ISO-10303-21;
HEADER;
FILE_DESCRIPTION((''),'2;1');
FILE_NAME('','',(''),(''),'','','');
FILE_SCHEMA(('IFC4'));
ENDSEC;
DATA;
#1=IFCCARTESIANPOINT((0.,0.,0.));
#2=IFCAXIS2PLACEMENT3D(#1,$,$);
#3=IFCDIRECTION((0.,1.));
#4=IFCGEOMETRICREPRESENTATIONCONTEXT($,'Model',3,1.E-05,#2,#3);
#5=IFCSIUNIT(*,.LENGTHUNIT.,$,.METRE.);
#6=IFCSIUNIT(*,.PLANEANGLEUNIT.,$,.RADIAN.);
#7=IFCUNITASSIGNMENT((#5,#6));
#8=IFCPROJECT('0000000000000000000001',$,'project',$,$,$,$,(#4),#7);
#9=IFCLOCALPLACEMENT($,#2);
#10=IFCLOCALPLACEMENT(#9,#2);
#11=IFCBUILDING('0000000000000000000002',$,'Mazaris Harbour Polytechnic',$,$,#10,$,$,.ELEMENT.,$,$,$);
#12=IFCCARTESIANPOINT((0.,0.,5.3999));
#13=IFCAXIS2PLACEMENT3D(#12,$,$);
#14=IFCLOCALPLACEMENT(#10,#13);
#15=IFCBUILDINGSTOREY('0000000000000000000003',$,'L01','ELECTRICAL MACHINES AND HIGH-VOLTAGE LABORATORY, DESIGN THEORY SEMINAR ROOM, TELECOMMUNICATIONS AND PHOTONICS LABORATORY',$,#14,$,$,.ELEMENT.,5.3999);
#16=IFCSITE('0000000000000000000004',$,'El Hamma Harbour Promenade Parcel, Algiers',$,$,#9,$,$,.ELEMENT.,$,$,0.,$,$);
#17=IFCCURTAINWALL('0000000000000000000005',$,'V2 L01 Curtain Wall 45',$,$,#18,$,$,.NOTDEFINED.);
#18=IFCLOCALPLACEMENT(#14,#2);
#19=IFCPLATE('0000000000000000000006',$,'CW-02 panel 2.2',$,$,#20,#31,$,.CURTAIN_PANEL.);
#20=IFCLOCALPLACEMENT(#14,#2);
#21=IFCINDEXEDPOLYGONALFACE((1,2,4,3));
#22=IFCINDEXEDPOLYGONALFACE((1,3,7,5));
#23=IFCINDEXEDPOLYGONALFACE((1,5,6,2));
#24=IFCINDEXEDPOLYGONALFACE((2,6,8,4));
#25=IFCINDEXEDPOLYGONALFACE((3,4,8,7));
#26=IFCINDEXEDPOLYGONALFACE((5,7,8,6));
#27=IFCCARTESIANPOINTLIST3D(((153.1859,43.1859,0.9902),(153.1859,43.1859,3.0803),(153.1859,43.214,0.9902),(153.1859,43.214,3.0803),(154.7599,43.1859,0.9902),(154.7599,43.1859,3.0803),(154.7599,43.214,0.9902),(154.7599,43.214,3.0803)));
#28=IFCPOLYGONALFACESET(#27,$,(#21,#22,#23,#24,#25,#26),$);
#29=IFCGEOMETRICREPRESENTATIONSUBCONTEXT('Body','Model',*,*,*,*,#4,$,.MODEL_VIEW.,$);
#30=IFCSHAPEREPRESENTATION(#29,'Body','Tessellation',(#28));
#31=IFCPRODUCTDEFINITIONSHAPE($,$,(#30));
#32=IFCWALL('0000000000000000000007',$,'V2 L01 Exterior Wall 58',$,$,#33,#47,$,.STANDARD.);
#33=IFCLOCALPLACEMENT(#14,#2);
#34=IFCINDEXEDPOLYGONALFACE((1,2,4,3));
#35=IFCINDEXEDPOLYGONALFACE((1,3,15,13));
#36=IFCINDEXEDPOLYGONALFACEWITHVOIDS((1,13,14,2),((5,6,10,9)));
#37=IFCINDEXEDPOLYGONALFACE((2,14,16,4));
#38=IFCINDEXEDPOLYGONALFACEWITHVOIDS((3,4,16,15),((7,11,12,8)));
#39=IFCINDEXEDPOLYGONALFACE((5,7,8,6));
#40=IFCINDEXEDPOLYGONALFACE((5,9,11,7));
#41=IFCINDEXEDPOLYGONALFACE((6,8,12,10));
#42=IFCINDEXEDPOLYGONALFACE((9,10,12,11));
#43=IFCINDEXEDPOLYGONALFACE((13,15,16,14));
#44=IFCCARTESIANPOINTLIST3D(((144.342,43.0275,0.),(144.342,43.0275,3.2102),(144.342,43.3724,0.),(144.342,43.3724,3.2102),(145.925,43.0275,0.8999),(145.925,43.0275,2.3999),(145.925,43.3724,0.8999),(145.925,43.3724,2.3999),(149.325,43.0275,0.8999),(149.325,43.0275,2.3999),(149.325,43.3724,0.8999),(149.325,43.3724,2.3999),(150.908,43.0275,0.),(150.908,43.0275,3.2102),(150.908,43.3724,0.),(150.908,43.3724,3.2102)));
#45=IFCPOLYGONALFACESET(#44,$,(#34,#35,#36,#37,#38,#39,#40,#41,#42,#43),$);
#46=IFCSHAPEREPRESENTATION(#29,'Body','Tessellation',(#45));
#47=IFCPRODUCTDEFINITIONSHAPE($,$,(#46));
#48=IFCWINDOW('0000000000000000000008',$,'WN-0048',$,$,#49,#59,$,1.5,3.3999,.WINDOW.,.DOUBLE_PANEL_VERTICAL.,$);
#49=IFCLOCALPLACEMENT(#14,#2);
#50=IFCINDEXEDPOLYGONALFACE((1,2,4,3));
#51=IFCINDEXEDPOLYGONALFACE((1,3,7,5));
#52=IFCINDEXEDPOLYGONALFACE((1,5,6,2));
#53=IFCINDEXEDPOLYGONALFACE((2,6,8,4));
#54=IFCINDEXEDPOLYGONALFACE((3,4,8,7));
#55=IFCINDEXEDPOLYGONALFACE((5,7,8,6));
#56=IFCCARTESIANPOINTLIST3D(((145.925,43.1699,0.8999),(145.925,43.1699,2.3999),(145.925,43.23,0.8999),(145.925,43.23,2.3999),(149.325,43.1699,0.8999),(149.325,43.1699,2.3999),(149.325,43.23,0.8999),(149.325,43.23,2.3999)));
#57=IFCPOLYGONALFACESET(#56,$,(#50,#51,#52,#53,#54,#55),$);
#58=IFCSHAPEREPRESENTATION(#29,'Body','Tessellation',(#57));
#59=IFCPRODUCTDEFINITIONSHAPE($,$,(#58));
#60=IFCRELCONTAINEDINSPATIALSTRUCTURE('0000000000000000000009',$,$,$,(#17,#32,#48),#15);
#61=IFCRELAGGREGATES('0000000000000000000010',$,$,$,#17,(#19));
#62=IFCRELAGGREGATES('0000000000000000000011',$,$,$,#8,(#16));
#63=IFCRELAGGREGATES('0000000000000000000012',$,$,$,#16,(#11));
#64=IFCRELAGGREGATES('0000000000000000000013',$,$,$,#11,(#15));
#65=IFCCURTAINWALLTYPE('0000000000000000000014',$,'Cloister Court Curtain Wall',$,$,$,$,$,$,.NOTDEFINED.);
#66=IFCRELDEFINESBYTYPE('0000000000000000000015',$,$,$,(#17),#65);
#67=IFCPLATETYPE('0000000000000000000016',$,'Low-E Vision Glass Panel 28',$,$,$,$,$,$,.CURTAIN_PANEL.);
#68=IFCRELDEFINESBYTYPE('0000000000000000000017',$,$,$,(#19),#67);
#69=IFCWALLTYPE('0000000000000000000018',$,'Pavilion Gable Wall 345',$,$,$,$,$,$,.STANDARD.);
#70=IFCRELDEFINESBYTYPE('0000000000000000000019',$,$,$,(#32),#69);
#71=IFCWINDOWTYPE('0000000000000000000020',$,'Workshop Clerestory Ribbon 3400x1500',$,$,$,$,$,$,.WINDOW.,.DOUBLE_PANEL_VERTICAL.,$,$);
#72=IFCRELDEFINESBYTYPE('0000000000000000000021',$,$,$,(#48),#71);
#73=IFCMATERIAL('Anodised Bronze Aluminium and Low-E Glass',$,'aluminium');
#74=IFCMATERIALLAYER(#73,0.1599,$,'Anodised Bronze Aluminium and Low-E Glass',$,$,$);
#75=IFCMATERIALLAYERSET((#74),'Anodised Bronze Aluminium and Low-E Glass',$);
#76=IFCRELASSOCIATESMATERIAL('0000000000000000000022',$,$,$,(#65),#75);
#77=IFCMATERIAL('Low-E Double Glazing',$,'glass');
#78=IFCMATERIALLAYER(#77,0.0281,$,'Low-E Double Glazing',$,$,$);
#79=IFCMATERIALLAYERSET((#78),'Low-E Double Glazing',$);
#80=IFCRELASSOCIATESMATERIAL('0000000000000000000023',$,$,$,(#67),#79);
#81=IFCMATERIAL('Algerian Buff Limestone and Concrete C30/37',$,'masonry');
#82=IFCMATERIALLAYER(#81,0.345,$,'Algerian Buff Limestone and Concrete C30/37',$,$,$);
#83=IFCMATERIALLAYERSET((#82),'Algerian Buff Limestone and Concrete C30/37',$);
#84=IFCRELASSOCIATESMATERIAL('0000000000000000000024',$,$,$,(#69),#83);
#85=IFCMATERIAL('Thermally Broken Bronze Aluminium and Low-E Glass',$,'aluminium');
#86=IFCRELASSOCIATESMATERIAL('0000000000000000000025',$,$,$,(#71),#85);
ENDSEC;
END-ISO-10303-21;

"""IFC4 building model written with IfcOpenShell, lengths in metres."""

from ifc_helpers import new_model, si_unit, direction, frame, frame_2d, origin, origin_2d, place, context, subcontext, project, spatial, rectangle, extrude, material, layer, layer_set, type_object, element, fill, aggregate, save


model = new_model("IFC4")

# Units and contexts
model_context = context("Model", 3, precision=1e-05, world=origin(), true_north=direction((0.0, 1.0)))
body_context = subcontext(model_context, "Body", "Model", "MODEL_VIEW")
ifc_project = project(units=[si_unit("LENGTHUNIT", "METRE"), si_unit("PLANEANGLEUNIT", "RADIAN")], contexts=[model_context])

# Site, building, storey
site_placement = place(None, origin())
site = spatial("IfcSite", under=ifc_project, at=site_placement, Name="El Hamma Harbour Promenade Parcel, Algiers", CompositionType="ELEMENT", RefElevation=0.0)
building_placement = place(site_placement, origin())
building = spatial("IfcBuilding", under=site, at=building_placement, Name="Mazaris Harbour Polytechnic", CompositionType="ELEMENT")
storey_placement = place(building_placement, frame((0.0, 0.0, 5.3999)))
storey = spatial("IfcBuildingStorey", under=building, at=storey_placement, Name="L01", Description="ELECTRICAL MACHINES AND HIGH-VOLTAGE LABORATORY, DESIGN THEORY SEMINAR ROOM, TELECOMMUNICATIONS AND PHOTONICS LABORATORY", CompositionType="ELEMENT", Elevation=5.3999)

# Curtain wall
ifc_material_1 = material(Name="Anodised Bronze Aluminium and Low-E Glass", Category="aluminium")
ifc_layer_1 = layer(ifc_material_1, 0.1599, Name="Anodised Bronze Aluminium and Low-E Glass")
ifc_layer_set_1 = layer_set([ifc_layer_1], Name="Anodised Bronze Aluminium and Low-E Glass")
curtain_wall_type = type_object("IfcCurtainWallType", Name="Cloister Court Curtain Wall", PredefinedType="NOTDEFINED", material=ifc_layer_set_1)
curtain_wall_1_placement = place(storey_placement, origin())
curtain_wall_1 = element("IfcCurtainWall", 1, at=curtain_wall_1_placement, inside=storey, type_object=curtain_wall_type, Name="V2 L01 Curtain Wall 45", PredefinedType="NOTDEFINED")

# Plate
ifc_material_2 = material(Name="Low-E Double Glazing", Category="glass")
ifc_layer_2 = layer(ifc_material_2, 0.0281, Name="Low-E Double Glazing")
ifc_layer_set_2 = layer_set([ifc_layer_2], Name="Low-E Double Glazing")
plate_type = type_object("IfcPlateType", Name="Low-E Vision Glass Panel 28", PredefinedType="CURTAIN_PANEL", material=ifc_layer_set_2)
plate_1_placement = place(storey_placement, frame((153.9729, 43.2, 0.9902), z_axis=(0.0, 0.0, 1.0), x_axis=(1.0, 0.0, 0.0)))
plate_1 = element("IfcPlate", 2, at=plate_1_placement, type_object=plate_type, Name="CW-02 panel 2.2", PredefinedType="CURTAIN_PANEL", context=body_context, shape_type="SweptSolid", body=[
    extrude(rectangle(XDim=1.574, YDim=0.0281, at=origin_2d()), origin(), (0.0, 0.0, 1.0), 2.0901),
])
aggregate(curtain_wall_1, [plate_1])

# Wall, opening, window
ifc_material_3 = material(Name="Algerian Buff Limestone and Concrete C30/37", Category="masonry")
ifc_layer_3 = layer(ifc_material_3, 0.345, Name="Algerian Buff Limestone and Concrete C30/37")
ifc_layer_set_3 = layer_set([ifc_layer_3], Name="Algerian Buff Limestone and Concrete C30/37")
wall_type = type_object("IfcWallType", Name="Pavilion Gable Wall 345", PredefinedType="STANDARD", material=ifc_layer_set_3)
wall_placement = place(storey_placement, frame((144.342, 43.2, 0.0), z_axis=(0.0, 0.0, 1.0), x_axis=(1.0, 0.0, 0.0)))
wall = element("IfcWall", 3, at=wall_placement, inside=storey, type_object=wall_type, Name="V2 L01 Exterior Wall 58", PredefinedType="STANDARD", context=body_context, shape_type="SweptSolid", body=[
    extrude(rectangle(XDim=6.5659, YDim=0.345, at=frame_2d((3.283, 0.0))), origin(), (0.0, 0.0, 1.0), 3.2102),
])
opening_placement = place(wall_placement, frame((1.583, 0.0, 0.8999)))
opening = element("IfcOpeningElement", 4, at=opening_placement, cuts=wall, PredefinedType="OPENING", context=body_context, shape_type="SweptSolid", body=[
    extrude(rectangle(XDim=3.3999, YDim=1.5, at=frame_2d((1.7, 0.75))), frame((0.0, 0.1824, 0.0), z_axis=(0.0, -1.0, 0.0), x_axis=(1.0, 0.0, 0.0)), (0.0, 0.0, 1.0), 0.365),
])
ifc_material_4 = material(Name="Thermally Broken Bronze Aluminium and Low-E Glass", Category="aluminium")
window_type = type_object("IfcWindowType", Name="Workshop Clerestory Ribbon 3400x1500", PartitioningType="DOUBLE_PANEL_VERTICAL", PredefinedType="WINDOW", material=ifc_material_4)
window_placement = place(opening_placement, origin())
window = element("IfcWindow", 5, at=window_placement, inside=storey, type_object=window_type, Name="WN-0048", OverallHeight=1.5, OverallWidth=3.3999, PartitioningType="DOUBLE_PANEL_VERTICAL", PredefinedType="WINDOW", context=body_context, shape_type="SweptSolid", body=[
    extrude(rectangle(XDim=3.3999, YDim=1.5, at=frame_2d((1.7, 0.75))), frame((0.0, 0.03, 0.0), z_axis=(0.0, -1.0, 0.0), x_axis=(1.0, 0.0, 0.0)), (0.0, 0.0, 1.0), 0.0601),
])
fill(opening, window)

save(model, "model.ifc")
